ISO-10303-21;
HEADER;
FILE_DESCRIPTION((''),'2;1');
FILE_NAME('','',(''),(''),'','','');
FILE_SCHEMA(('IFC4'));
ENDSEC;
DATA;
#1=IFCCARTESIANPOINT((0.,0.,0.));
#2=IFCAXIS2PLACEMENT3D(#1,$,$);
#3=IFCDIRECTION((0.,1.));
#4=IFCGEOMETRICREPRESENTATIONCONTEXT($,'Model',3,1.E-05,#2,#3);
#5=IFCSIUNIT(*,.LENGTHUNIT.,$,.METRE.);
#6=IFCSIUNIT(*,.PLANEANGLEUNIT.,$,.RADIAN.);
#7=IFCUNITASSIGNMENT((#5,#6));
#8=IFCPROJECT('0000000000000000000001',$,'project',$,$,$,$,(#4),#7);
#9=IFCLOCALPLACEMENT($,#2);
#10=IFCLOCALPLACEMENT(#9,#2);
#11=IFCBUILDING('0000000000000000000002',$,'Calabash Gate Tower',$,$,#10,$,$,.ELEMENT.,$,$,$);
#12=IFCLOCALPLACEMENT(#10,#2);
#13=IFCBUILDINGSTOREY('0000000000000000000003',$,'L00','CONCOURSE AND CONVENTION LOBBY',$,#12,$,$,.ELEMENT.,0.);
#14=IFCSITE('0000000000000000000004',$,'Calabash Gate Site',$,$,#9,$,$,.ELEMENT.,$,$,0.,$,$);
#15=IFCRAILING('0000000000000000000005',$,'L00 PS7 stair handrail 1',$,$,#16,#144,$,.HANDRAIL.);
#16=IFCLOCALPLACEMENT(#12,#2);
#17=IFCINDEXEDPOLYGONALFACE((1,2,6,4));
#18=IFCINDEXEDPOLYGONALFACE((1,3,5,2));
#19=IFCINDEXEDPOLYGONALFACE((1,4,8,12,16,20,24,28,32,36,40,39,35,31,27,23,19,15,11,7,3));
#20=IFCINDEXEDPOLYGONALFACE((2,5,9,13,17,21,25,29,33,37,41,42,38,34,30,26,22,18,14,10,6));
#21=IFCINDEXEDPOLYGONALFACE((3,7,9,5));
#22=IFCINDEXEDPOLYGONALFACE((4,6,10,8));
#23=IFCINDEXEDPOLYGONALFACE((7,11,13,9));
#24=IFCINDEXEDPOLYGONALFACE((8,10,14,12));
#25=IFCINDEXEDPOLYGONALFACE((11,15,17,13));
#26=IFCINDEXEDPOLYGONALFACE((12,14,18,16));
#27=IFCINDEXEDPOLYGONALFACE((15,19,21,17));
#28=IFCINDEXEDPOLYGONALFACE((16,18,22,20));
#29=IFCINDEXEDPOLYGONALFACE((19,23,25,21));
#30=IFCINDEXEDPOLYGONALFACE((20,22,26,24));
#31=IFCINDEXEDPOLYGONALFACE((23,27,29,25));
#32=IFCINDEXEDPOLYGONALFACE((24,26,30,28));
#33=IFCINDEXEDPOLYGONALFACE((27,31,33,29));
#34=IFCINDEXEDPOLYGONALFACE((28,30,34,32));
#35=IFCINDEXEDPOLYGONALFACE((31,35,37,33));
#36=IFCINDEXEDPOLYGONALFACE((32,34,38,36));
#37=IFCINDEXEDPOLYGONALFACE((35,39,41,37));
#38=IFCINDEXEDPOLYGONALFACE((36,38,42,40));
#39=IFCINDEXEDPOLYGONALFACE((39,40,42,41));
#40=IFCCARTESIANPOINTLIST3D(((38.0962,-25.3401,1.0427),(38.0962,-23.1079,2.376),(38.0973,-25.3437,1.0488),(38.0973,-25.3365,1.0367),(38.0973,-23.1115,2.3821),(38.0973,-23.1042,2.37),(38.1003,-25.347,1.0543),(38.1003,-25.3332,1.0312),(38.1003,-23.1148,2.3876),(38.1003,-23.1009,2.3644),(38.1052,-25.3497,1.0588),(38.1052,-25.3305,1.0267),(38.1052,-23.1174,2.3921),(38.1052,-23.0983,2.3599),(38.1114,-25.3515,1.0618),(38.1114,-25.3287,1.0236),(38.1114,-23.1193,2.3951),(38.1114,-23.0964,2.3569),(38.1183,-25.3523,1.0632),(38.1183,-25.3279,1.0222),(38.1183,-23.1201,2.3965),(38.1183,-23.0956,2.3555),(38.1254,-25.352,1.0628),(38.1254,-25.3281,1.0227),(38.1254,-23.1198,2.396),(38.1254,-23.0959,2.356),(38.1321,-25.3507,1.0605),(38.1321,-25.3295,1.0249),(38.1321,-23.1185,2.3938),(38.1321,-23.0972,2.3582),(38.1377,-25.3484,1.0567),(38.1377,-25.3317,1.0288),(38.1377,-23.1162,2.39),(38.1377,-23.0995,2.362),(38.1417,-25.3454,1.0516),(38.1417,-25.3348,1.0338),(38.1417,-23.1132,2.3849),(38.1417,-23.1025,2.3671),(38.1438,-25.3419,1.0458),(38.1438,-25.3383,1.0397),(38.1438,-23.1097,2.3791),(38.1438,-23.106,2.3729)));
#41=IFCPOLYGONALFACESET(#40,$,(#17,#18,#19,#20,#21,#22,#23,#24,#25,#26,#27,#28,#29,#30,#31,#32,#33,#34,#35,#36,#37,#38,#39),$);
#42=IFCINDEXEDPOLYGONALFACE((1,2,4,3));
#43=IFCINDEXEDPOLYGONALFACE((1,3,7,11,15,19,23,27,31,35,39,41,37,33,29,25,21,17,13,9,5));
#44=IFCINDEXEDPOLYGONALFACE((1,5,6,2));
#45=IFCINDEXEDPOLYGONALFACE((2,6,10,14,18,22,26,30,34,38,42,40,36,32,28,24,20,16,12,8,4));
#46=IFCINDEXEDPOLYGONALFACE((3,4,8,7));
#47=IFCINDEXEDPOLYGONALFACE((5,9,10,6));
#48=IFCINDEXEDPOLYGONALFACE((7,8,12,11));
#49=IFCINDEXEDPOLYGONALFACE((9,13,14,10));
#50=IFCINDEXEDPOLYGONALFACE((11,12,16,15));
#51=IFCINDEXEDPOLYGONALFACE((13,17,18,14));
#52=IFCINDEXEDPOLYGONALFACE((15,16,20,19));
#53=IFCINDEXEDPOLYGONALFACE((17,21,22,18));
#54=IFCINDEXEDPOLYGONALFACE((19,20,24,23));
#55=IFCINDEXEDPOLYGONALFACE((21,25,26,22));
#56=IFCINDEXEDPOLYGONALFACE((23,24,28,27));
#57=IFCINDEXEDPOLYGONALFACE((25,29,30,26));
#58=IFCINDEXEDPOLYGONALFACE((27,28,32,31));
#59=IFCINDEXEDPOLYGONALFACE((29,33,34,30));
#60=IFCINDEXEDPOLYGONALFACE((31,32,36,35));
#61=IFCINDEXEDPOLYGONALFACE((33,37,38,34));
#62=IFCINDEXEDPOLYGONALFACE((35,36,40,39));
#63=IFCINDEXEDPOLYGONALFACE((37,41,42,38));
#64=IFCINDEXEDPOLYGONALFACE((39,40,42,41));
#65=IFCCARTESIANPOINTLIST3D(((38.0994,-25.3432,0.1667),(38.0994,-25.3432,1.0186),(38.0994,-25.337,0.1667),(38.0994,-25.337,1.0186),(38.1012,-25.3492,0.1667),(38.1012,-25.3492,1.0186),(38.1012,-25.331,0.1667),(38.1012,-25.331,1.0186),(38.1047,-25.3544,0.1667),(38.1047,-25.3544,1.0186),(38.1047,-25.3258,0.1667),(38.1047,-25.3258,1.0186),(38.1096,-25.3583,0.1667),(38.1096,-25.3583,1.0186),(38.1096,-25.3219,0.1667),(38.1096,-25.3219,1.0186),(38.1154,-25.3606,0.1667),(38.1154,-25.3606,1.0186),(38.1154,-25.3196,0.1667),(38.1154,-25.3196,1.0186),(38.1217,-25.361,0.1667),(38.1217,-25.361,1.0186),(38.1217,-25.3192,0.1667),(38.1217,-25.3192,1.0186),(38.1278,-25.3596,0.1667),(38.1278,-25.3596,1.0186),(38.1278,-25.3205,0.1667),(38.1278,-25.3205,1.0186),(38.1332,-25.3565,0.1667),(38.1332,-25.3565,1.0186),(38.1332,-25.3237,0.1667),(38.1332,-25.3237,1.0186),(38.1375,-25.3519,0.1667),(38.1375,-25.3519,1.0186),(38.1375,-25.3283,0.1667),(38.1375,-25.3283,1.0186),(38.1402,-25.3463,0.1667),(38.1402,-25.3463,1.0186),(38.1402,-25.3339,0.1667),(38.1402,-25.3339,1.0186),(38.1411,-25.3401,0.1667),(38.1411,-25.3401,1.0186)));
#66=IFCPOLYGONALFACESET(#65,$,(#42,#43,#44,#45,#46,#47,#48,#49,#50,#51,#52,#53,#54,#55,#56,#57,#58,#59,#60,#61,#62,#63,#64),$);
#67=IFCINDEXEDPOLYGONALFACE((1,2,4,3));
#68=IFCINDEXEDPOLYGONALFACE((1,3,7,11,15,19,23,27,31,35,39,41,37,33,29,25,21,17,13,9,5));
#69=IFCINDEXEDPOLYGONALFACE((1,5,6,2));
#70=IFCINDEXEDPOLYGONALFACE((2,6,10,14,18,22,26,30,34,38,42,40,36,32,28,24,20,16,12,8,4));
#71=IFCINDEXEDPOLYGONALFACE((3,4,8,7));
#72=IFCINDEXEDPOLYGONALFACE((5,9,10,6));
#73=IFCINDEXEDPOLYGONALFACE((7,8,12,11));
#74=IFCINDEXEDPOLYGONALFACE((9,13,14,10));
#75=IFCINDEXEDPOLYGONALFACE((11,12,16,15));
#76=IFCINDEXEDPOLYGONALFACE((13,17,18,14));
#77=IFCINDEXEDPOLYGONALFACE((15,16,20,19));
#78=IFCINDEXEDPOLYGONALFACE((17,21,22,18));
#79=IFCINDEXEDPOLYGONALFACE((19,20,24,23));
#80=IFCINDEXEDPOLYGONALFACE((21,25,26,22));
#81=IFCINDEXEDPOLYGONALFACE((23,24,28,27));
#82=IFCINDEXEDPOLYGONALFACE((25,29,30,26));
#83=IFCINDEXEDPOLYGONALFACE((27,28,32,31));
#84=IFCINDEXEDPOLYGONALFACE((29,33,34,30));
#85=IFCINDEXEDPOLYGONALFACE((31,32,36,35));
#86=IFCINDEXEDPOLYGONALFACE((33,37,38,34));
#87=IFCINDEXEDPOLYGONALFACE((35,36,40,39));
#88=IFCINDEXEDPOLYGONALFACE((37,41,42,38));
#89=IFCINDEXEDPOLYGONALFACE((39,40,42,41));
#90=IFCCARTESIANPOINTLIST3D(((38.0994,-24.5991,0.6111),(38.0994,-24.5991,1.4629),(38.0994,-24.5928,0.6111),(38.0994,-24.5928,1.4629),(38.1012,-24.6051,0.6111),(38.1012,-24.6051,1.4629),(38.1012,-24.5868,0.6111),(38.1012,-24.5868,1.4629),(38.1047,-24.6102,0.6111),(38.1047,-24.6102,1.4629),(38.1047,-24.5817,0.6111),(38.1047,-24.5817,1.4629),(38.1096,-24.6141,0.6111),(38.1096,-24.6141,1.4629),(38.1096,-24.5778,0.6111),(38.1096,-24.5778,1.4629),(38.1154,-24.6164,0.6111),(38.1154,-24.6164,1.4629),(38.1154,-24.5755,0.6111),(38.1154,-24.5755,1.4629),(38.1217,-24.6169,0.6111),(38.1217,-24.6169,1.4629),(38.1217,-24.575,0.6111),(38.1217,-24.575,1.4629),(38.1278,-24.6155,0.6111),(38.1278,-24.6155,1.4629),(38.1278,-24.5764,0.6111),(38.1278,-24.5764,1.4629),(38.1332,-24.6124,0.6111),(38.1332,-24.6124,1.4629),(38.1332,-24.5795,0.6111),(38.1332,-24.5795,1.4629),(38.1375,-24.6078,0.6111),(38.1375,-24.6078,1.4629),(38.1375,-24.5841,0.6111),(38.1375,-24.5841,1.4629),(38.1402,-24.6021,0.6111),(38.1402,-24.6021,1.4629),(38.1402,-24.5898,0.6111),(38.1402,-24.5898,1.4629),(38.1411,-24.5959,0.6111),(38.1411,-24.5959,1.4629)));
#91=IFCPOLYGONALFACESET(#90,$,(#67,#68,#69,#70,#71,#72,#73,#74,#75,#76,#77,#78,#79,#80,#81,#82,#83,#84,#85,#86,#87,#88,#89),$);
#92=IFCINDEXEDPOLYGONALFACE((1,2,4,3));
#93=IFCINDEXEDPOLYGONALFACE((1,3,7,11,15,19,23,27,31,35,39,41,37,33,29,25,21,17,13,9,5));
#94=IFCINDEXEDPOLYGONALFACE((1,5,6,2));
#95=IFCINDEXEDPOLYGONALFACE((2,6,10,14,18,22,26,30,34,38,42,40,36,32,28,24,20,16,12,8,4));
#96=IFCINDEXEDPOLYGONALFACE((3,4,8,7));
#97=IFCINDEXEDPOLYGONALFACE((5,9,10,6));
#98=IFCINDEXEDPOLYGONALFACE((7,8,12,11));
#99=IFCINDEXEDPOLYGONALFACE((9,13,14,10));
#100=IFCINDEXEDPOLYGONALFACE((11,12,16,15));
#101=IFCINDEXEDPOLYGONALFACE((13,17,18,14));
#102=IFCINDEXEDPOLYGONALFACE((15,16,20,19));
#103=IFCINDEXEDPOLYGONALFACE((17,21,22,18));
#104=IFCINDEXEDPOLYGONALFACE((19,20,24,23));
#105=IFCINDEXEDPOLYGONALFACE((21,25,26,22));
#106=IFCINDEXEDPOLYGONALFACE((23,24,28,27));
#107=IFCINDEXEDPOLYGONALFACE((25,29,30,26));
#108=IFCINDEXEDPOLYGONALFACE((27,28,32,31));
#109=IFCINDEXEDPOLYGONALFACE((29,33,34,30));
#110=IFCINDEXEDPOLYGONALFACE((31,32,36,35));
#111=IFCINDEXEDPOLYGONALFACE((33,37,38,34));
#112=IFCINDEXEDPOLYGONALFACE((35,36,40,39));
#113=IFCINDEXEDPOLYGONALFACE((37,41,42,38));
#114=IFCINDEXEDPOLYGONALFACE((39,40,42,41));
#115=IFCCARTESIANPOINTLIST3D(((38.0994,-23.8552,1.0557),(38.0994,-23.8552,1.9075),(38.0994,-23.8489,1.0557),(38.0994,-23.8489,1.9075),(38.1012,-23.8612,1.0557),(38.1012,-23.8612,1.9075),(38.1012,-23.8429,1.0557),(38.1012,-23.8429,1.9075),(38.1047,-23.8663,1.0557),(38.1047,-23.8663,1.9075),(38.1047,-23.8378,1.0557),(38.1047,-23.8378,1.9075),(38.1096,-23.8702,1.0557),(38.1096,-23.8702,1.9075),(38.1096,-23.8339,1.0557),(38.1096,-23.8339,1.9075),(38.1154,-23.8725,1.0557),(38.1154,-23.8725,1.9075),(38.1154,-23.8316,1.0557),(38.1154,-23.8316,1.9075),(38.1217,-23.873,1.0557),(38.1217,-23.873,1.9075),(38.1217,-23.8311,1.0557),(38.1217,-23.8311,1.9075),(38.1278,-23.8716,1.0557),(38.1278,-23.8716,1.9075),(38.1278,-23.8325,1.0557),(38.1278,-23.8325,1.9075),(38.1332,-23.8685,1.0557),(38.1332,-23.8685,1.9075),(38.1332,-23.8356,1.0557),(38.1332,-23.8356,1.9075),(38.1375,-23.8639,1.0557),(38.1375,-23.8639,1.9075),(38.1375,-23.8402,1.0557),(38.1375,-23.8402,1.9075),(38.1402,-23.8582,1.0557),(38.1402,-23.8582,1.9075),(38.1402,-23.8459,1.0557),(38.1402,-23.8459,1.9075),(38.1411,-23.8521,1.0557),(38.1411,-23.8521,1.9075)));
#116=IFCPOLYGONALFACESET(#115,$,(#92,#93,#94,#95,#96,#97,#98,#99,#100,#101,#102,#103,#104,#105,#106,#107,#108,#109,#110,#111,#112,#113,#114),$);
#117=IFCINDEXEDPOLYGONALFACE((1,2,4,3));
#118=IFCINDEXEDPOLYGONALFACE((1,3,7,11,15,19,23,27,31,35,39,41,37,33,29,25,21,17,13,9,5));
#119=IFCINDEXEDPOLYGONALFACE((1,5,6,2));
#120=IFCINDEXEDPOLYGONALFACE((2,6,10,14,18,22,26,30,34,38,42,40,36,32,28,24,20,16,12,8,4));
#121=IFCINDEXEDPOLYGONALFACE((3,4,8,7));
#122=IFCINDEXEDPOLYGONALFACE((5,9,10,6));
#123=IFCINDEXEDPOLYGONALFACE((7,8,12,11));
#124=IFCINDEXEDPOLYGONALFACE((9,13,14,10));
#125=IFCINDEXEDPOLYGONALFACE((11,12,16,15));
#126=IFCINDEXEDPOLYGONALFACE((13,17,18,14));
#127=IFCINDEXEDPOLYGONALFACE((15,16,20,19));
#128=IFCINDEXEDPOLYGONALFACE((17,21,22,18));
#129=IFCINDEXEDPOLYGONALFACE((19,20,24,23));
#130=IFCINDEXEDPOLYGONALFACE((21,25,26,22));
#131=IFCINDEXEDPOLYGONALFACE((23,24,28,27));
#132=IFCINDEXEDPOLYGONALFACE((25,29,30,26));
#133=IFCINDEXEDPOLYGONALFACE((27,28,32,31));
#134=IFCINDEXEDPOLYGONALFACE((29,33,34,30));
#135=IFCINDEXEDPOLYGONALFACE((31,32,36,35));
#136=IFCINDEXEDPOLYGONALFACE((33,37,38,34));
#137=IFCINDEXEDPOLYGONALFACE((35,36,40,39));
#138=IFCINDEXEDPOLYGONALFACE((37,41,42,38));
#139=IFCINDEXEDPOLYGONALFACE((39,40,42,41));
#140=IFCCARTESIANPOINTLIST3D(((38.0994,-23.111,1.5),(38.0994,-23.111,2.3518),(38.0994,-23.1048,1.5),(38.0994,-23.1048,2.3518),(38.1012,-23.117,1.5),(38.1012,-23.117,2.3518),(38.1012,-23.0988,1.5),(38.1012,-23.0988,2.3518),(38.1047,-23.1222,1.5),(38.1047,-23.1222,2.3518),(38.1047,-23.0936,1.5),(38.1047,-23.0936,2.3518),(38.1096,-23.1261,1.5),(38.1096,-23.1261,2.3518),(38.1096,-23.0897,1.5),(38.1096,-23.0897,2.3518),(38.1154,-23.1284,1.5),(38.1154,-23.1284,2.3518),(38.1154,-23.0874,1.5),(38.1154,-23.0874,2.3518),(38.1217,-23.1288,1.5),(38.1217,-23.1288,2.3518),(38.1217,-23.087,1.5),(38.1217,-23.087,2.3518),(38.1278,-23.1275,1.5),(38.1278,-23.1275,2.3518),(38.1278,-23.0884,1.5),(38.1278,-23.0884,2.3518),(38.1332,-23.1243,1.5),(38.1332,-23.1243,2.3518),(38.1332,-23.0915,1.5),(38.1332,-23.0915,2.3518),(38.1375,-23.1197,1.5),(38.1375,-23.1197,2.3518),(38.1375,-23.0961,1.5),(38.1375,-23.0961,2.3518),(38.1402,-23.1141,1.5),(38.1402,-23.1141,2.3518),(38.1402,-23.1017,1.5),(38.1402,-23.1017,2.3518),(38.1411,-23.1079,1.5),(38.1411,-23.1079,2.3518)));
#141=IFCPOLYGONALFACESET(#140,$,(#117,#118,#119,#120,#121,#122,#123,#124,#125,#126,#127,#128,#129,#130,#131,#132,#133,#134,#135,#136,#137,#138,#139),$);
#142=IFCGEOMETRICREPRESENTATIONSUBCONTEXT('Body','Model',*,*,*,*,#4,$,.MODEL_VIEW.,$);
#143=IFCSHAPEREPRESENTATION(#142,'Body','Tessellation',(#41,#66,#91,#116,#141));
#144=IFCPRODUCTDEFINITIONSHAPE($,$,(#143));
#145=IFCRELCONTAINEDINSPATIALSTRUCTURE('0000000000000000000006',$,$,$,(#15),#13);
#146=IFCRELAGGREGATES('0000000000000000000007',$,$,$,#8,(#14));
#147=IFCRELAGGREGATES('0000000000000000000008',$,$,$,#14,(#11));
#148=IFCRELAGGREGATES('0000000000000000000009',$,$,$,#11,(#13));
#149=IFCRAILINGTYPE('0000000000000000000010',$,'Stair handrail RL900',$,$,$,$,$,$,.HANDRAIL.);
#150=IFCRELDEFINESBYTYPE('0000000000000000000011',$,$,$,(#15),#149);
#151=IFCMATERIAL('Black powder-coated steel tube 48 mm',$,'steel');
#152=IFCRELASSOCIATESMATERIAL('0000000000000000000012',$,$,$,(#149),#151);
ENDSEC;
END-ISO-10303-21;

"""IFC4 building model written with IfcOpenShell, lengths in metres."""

from ifc_helpers import new_model, si_unit, direction, frame, origin, origin_2d, place, context, subcontext, project, spatial, circle, extrude, material, type_object, element, save


model = new_model("IFC4")

# Units and contexts
model_context = context("Model", 3, precision=1e-05, world=origin(), true_north=direction((0.0, 1.0)))
body_context = subcontext(model_context, "Body", "Model", "MODEL_VIEW")
ifc_project = project(units=[si_unit("LENGTHUNIT", "METRE"), si_unit("PLANEANGLEUNIT", "RADIAN")], contexts=[model_context])

# Site, building, storey
site_placement = place(None, origin())
site = spatial("IfcSite", under=ifc_project, at=site_placement, Name="Calabash Gate Site", CompositionType="ELEMENT", RefElevation=0.0)
building_placement = place(site_placement, origin())
building = spatial("IfcBuilding", under=site, at=building_placement, Name="Calabash Gate Tower", CompositionType="ELEMENT")
storey_placement = place(building_placement, origin())
storey = spatial("IfcBuildingStorey", under=building, at=storey_placement, Name="L00", Description="CONCOURSE AND CONVENTION LOBBY", CompositionType="ELEMENT", Elevation=0.0)

# Railing
ifc_material_1 = material(Name="Black powder-coated steel tube 48 mm", Category="steel")
railing_type_1 = type_object("IfcRailingType", Name="Stair handrail RL900", PredefinedType="HANDRAIL", material=ifc_material_1)
for number, where, name in (
    (1, (38.1201, -25.3401, 0.1667), "L00 PS7 stair handrail 1"),
):
    element("IfcRailing", number, at=place(storey_placement, frame(where)), inside=storey, type_object=railing_type_1, Name=name, PredefinedType="HANDRAIL", context=body_context, shape_type="SweptSolid", body=[
        extrude(circle(Radius=0.0239, at=origin_2d()), frame((0.0, 0.0, 0.876), z_axis=(0.0, 0.858519, 0.512782), x_axis=(-1.0, 0.0, 0.0)), (0.0, 0.0, 1.0), 2.6001),
        extrude(circle(Radius=0.021, at=origin_2d()), origin(), (0.0, 0.0, 1.0), 0.8518),
        extrude(circle(Radius=0.021, at=origin_2d()), frame((0.0, 0.7441, 0.4443)), (0.0, 0.0, 1.0), 0.8518),
        extrude(circle(Radius=0.021, at=origin_2d()), frame((0.0, 1.488, 0.8889)), (0.0, 0.0, 1.0), 0.8518),
        extrude(circle(Radius=0.021, at=origin_2d()), frame((0.0, 2.2322, 1.3333)), (0.0, 0.0, 1.0), 0.8518),
    ])

save(model, "model.ifc")
